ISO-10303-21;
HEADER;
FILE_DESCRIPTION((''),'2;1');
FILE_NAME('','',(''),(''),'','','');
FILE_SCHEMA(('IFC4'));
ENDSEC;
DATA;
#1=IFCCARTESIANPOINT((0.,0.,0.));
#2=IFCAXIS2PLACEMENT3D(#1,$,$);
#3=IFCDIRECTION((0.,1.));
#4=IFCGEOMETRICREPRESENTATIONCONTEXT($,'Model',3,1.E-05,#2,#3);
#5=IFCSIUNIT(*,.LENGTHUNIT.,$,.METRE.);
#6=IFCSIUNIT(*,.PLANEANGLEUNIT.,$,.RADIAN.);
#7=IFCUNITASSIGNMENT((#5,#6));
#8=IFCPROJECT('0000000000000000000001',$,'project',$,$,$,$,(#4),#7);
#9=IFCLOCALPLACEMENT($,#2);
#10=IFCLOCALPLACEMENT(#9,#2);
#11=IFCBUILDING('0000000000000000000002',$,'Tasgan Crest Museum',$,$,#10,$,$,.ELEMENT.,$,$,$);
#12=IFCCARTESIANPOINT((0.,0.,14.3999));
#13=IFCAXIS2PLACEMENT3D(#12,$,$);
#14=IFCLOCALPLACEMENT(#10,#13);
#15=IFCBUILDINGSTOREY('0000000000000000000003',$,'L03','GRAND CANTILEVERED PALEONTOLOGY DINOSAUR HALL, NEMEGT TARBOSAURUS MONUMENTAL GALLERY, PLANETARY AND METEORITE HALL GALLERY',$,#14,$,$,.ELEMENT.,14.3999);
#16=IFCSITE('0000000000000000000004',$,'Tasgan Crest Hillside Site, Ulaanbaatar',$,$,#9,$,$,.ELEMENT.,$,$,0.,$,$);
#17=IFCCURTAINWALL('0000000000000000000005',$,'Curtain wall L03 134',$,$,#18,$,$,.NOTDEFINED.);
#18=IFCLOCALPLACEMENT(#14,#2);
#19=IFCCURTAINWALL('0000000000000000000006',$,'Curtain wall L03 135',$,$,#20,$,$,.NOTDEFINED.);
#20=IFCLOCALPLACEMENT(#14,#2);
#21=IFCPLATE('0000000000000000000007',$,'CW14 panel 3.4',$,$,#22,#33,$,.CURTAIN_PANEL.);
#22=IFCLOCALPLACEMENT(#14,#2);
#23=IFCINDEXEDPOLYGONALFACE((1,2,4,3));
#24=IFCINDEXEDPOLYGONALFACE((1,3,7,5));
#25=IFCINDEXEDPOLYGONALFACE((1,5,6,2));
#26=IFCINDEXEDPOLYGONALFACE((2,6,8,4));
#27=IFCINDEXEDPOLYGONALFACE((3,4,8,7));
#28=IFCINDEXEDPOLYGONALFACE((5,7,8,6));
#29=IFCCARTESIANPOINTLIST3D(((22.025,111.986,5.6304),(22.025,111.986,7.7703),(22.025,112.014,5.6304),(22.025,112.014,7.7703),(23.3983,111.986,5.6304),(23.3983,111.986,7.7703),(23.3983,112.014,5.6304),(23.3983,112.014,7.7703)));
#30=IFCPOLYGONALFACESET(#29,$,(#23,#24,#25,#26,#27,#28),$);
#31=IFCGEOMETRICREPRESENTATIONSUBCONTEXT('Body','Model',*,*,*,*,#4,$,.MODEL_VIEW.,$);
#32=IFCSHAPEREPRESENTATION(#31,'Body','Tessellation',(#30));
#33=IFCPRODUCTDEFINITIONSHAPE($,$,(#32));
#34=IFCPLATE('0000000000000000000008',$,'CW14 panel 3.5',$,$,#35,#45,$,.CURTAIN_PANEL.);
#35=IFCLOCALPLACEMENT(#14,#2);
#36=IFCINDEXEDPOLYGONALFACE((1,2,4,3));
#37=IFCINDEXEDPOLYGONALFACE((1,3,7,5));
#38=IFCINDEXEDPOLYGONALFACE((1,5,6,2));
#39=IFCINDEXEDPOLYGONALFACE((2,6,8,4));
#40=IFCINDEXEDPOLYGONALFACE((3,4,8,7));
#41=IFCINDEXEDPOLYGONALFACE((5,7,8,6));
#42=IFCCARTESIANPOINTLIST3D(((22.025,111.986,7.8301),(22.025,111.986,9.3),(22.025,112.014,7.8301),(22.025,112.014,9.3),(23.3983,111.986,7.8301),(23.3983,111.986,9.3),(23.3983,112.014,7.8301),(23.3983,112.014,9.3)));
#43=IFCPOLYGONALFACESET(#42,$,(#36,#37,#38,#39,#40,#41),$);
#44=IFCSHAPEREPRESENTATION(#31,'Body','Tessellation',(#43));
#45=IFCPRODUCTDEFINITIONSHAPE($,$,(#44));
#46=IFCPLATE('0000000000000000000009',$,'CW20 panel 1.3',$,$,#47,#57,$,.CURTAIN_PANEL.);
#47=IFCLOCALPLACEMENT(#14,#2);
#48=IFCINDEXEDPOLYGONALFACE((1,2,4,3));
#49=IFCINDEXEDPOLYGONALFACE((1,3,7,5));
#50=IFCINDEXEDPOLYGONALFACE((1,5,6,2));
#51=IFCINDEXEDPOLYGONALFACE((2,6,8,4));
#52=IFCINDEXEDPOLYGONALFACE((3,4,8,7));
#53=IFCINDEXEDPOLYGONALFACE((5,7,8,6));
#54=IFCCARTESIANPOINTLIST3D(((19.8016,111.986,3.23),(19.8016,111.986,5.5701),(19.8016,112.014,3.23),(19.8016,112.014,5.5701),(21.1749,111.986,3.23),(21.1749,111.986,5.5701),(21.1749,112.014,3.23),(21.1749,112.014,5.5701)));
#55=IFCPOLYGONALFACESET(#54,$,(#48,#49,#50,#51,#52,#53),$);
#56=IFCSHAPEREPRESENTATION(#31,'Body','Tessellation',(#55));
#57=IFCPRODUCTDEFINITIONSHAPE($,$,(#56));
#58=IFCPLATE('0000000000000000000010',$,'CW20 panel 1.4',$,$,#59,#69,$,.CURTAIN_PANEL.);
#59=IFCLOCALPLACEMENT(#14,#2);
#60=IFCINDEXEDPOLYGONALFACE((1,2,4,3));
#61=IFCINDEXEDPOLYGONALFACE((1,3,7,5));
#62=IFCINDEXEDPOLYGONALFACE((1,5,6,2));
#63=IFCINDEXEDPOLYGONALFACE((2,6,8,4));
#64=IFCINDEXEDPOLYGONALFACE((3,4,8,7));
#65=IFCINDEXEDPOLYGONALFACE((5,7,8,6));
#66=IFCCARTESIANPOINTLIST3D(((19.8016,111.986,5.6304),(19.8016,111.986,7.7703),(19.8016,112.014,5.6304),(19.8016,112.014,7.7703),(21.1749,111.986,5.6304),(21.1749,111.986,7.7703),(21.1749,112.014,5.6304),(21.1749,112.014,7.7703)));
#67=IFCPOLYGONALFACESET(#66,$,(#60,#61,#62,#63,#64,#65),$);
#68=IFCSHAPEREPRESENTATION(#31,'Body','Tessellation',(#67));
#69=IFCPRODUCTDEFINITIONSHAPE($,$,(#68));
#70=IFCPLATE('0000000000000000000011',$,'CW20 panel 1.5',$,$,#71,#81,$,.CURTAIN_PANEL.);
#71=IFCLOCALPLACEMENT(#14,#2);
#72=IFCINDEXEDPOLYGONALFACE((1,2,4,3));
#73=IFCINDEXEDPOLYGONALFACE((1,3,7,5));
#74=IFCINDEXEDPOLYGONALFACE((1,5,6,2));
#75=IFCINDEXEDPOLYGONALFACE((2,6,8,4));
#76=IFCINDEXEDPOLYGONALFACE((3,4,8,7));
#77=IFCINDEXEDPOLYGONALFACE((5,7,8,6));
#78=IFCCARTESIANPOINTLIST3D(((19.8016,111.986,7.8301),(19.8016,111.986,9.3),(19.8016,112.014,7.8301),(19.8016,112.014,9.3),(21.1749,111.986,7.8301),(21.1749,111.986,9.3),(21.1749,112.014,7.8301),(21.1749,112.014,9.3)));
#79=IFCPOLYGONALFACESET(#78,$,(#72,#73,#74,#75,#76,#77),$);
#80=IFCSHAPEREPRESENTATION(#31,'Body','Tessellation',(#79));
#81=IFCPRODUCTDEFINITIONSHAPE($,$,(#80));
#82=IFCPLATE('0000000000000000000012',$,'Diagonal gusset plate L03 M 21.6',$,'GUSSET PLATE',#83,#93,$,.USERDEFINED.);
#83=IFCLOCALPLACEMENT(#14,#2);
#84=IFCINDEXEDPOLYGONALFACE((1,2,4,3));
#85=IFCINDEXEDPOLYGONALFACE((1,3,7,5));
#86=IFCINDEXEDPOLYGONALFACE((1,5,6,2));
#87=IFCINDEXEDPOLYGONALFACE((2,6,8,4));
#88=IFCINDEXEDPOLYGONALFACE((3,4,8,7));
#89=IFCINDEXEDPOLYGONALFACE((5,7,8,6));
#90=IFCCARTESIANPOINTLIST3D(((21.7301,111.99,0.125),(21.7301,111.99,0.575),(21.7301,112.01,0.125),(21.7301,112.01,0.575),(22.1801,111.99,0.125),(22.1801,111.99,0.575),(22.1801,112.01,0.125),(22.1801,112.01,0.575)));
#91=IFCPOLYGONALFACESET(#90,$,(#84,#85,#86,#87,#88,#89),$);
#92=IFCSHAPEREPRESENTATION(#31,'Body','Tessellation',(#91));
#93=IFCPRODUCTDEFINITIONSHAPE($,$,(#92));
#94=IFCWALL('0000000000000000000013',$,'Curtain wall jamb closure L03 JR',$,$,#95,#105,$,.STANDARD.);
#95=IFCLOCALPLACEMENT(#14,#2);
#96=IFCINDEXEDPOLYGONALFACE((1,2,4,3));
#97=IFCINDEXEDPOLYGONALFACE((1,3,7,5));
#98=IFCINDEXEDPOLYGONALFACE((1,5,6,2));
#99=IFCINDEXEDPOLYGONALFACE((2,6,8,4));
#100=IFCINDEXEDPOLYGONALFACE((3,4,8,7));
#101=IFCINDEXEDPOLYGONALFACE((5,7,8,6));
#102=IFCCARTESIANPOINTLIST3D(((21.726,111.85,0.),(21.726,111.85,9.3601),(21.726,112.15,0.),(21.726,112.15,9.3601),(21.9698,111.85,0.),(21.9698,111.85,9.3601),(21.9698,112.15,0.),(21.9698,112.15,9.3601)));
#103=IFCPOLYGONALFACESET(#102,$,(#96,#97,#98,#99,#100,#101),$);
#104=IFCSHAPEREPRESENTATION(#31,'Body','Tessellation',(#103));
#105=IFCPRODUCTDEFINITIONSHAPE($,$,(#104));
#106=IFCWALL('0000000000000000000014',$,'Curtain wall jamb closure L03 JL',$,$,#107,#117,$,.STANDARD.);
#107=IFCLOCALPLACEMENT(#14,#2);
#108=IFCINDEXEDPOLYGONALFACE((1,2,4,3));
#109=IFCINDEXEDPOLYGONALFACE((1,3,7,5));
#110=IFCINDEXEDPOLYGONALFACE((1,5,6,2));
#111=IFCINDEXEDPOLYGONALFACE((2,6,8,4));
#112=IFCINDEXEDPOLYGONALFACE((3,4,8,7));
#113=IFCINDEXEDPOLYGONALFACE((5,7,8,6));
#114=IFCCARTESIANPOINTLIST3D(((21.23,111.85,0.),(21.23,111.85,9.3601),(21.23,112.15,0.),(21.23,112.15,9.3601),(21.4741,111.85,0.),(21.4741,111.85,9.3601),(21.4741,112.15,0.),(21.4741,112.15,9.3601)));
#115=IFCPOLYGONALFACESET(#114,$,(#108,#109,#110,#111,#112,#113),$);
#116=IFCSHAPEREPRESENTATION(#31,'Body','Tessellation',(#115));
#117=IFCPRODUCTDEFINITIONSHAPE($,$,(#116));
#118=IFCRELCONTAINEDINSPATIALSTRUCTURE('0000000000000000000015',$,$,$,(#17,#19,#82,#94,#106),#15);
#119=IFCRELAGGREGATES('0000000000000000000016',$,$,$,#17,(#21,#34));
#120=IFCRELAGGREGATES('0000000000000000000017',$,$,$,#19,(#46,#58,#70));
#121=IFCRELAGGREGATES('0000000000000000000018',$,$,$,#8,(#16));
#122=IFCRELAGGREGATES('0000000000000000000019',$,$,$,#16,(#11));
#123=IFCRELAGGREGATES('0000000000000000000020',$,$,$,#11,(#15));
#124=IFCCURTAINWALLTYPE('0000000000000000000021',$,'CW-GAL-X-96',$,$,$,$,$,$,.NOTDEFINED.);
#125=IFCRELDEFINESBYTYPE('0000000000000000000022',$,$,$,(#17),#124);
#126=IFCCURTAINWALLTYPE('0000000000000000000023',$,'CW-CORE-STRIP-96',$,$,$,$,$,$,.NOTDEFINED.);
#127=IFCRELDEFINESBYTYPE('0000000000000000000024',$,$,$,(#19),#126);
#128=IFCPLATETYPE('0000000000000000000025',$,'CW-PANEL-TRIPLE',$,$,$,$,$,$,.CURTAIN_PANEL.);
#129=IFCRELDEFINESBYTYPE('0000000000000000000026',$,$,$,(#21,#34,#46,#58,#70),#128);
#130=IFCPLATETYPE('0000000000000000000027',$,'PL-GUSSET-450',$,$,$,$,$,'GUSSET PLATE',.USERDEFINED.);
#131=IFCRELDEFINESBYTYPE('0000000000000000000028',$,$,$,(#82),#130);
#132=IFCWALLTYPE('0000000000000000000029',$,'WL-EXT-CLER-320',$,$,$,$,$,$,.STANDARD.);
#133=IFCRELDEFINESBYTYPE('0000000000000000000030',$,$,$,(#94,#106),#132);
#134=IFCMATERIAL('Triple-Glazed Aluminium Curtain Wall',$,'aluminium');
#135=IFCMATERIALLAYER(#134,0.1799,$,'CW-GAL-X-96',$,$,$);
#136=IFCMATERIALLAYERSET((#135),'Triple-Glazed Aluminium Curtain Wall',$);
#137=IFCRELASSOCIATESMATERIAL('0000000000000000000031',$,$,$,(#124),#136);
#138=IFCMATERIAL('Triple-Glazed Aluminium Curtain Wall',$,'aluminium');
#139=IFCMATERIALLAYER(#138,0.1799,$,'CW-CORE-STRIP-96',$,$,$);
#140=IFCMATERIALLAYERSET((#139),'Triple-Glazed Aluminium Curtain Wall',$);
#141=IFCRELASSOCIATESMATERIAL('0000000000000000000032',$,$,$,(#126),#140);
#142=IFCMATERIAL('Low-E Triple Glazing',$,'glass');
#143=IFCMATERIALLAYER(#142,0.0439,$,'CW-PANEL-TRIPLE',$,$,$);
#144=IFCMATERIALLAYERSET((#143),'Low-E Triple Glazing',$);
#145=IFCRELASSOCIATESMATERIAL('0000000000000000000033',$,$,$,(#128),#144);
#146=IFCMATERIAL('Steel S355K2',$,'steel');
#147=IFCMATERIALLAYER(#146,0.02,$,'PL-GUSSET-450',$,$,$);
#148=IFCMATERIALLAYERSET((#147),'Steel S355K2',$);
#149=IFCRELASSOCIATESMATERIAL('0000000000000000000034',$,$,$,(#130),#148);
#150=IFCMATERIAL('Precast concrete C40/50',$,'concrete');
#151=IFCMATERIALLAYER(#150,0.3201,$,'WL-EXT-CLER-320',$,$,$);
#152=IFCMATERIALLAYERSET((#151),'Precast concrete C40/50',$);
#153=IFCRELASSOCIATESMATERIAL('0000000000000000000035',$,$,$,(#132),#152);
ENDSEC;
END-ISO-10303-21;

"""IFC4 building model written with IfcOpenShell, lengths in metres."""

from ifc_helpers import new_model, si_unit, direction, frame, frame_2d, origin, origin_2d, place, context, subcontext, project, spatial, rectangle, extrude, material, layer, layer_set, type_object, element, aggregate, save


model = new_model("IFC4")

# Units and contexts
model_context = context("Model", 3, precision=1e-05, world=origin(), true_north=direction((0.0, 1.0)))
body_context = subcontext(model_context, "Body", "Model", "MODEL_VIEW")
ifc_project = project(units=[si_unit("LENGTHUNIT", "METRE"), si_unit("PLANEANGLEUNIT", "RADIAN")], contexts=[model_context])

# Site, building, storey
site_placement = place(None, origin())
site = spatial("IfcSite", under=ifc_project, at=site_placement, Name="Tasgan Crest Hillside Site, Ulaanbaatar", CompositionType="ELEMENT", RefElevation=0.0)
building_placement = place(site_placement, origin())
building = spatial("IfcBuilding", under=site, at=building_placement, Name="Tasgan Crest Museum", CompositionType="ELEMENT")
storey_placement = place(building_placement, frame((0.0, 0.0, 14.3999)))
storey = spatial("IfcBuildingStorey", under=building, at=storey_placement, Name="L03", Description="GRAND CANTILEVERED PALEONTOLOGY DINOSAUR HALL, NEMEGT TARBOSAURUS MONUMENTAL GALLERY, PLANETARY AND METEORITE HALL GALLERY", CompositionType="ELEMENT", Elevation=14.3999)

# Curtain walls
ifc_material_1 = material(Name="Triple-Glazed Aluminium Curtain Wall", Category="aluminium")
ifc_layer_1 = layer(ifc_material_1, 0.1799, Name="CW-GAL-X-96")
ifc_layer_set_1 = layer_set([ifc_layer_1], Name="Triple-Glazed Aluminium Curtain Wall")
curtain_wall_type_1 = type_object("IfcCurtainWallType", Name="CW-GAL-X-96", PredefinedType="NOTDEFINED", material=ifc_layer_set_1)
curtain_wall_1_placement = place(storey_placement, origin())
curtain_wall_1 = element("IfcCurtainWall", 1, at=curtain_wall_1_placement, inside=storey, type_object=curtain_wall_type_1, Name="Curtain wall L03 134", PredefinedType="NOTDEFINED")
ifc_material_2 = material(Name="Triple-Glazed Aluminium Curtain Wall", Category="aluminium")
ifc_layer_2 = layer(ifc_material_2, 0.1799, Name="CW-CORE-STRIP-96")
ifc_layer_set_2 = layer_set([ifc_layer_2], Name="Triple-Glazed Aluminium Curtain Wall")
curtain_wall_type_2 = type_object("IfcCurtainWallType", Name="CW-CORE-STRIP-96", PredefinedType="NOTDEFINED", material=ifc_layer_set_2)
curtain_wall_2_placement = place(storey_placement, origin())
curtain_wall_2 = element("IfcCurtainWall", 2, at=curtain_wall_2_placement, inside=storey, type_object=curtain_wall_type_2, Name="Curtain wall L03 135", PredefinedType="NOTDEFINED")

# Plates
ifc_material_3 = material(Name="Low-E Triple Glazing", Category="glass")
ifc_layer_3 = layer(ifc_material_3, 0.0439, Name="CW-PANEL-TRIPLE")
ifc_layer_set_3 = layer_set([ifc_layer_3], Name="Low-E Triple Glazing")
plate_type_1 = type_object("IfcPlateType", Name="CW-PANEL-TRIPLE", PredefinedType="CURTAIN_PANEL", material=ifc_layer_set_3)
plate_1_placement = place(storey_placement, frame((22.7117, 112.0, 5.6304), z_axis=(0.0, 0.0, 1.0), x_axis=(-1.0, 0.0, 0.0)))
plate_1 = element("IfcPlate", 3, at=plate_1_placement, type_object=plate_type_1, Name="CW14 panel 3.4", PredefinedType="CURTAIN_PANEL", context=body_context, shape_type="SweptSolid", body=[
    extrude(rectangle(XDim=1.3733, YDim=0.0281, at=origin_2d()), origin(), (0.0, 0.0, 1.0), 2.1399),
])
plate_2_placement = place(storey_placement, frame((22.7117, 112.0, 7.8301), z_axis=(0.0, 0.0, 1.0), x_axis=(-1.0, 0.0, 0.0)))
plate_2 = element("IfcPlate", 4, at=plate_2_placement, type_object=plate_type_1, Name="CW14 panel 3.5", PredefinedType="CURTAIN_PANEL", context=body_context, shape_type="SweptSolid", body=[
    extrude(rectangle(XDim=1.3733, YDim=0.0281, at=origin_2d()), origin(), (0.0, 0.0, 1.0), 1.47),
])
aggregate(curtain_wall_1, [plate_1, plate_2])
plate_3_placement = place(storey_placement, frame((20.4883, 112.0, 3.23), z_axis=(0.0, 0.0, 1.0), x_axis=(-1.0, 0.0, 0.0)))
plate_3 = element("IfcPlate", 5, at=plate_3_placement, type_object=plate_type_1, Name="CW20 panel 1.3", PredefinedType="CURTAIN_PANEL", context=body_context, shape_type="SweptSolid", body=[
    extrude(rectangle(XDim=1.3733, YDim=0.0281, at=origin_2d()), origin(), (0.0, 0.0, 1.0), 2.3401),
])
plate_4_placement = place(storey_placement, frame((20.4883, 112.0, 5.6304), z_axis=(0.0, 0.0, 1.0), x_axis=(-1.0, 0.0, 0.0)))
plate_4 = element("IfcPlate", 6, at=plate_4_placement, type_object=plate_type_1, Name="CW20 panel 1.4", PredefinedType="CURTAIN_PANEL", context=body_context, shape_type="SweptSolid", body=[
    extrude(rectangle(XDim=1.3733, YDim=0.0281, at=origin_2d()), origin(), (0.0, 0.0, 1.0), 2.1399),
])
plate_5_placement = place(storey_placement, frame((20.4883, 112.0, 7.8301), z_axis=(0.0, 0.0, 1.0), x_axis=(-1.0, 0.0, 0.0)))
plate_5 = element("IfcPlate", 7, at=plate_5_placement, type_object=plate_type_1, Name="CW20 panel 1.5", PredefinedType="CURTAIN_PANEL", context=body_context, shape_type="SweptSolid", body=[
    extrude(rectangle(XDim=1.3733, YDim=0.0281, at=origin_2d()), origin(), (0.0, 0.0, 1.0), 1.47),
])
aggregate(curtain_wall_2, [plate_3, plate_4, plate_5])
ifc_material_4 = material(Name="Steel S355K2", Category="steel")
ifc_layer_4 = layer(ifc_material_4, 0.02, Name="PL-GUSSET-450")
ifc_layer_set_4 = layer_set([ifc_layer_4], Name="Steel S355K2")
plate_type_2 = type_object("IfcPlateType", Name="PL-GUSSET-450", ElementType="GUSSET PLATE", PredefinedType="USERDEFINED", material=ifc_layer_set_4)
plate_6_placement = place(storey_placement, frame((21.9551, 112.0, 0.125), z_axis=(0.0, 0.0, 1.0), x_axis=(1.0, 0.0, 0.0)))
element("IfcPlate", 8, at=plate_6_placement, inside=storey, type_object=plate_type_2, Name="Diagonal gusset plate L03 M 21.6", ObjectType="GUSSET PLATE", PredefinedType="USERDEFINED", context=body_context, shape_type="SweptSolid", body=[
    extrude(rectangle(XDim=0.45, YDim=0.02, at=origin_2d()), origin(), (0.0, 0.0, 1.0), 0.45),
])

# Walls
ifc_material_5 = material(Name="Precast concrete C40/50", Category="concrete")
ifc_layer_5 = layer(ifc_material_5, 0.3201, Name="WL-EXT-CLER-320")
ifc_layer_set_5 = layer_set([ifc_layer_5], Name="Precast concrete C40/50")
wall_type = type_object("IfcWallType", Name="WL-EXT-CLER-320", PredefinedType="STANDARD", material=ifc_layer_set_5)
wall_1_placement = place(storey_placement, frame((21.97, 112.0, 0.0), z_axis=(0.0, 0.0, 1.0), x_axis=(-1.0, 0.0, 0.0)))
element("IfcWall", 9, at=wall_1_placement, inside=storey, type_object=wall_type, Name="Curtain wall jamb closure L03 JR", PredefinedType="STANDARD", context=body_context, shape_type="SweptSolid", body=[
    extrude(rectangle(XDim=0.2439, YDim=0.3, at=frame_2d((0.1221, 0.0))), origin(), (0.0, 0.0, 1.0), 9.3601),
])
wall_2_placement = place(storey_placement, frame((21.4741, 112.0, 0.0), z_axis=(0.0, 0.0, 1.0), x_axis=(-1.0, 0.0, 0.0)))
element("IfcWall", 10, at=wall_2_placement, inside=storey, type_object=wall_type, Name="Curtain wall jamb closure L03 JL", PredefinedType="STANDARD", context=body_context, shape_type="SweptSolid", body=[
    extrude(rectangle(XDim=0.2441, YDim=0.3, at=frame_2d((0.1221, 0.0))), origin(), (0.0, 0.0, 1.0), 9.3601),
])

save(model, "model.ifc")
